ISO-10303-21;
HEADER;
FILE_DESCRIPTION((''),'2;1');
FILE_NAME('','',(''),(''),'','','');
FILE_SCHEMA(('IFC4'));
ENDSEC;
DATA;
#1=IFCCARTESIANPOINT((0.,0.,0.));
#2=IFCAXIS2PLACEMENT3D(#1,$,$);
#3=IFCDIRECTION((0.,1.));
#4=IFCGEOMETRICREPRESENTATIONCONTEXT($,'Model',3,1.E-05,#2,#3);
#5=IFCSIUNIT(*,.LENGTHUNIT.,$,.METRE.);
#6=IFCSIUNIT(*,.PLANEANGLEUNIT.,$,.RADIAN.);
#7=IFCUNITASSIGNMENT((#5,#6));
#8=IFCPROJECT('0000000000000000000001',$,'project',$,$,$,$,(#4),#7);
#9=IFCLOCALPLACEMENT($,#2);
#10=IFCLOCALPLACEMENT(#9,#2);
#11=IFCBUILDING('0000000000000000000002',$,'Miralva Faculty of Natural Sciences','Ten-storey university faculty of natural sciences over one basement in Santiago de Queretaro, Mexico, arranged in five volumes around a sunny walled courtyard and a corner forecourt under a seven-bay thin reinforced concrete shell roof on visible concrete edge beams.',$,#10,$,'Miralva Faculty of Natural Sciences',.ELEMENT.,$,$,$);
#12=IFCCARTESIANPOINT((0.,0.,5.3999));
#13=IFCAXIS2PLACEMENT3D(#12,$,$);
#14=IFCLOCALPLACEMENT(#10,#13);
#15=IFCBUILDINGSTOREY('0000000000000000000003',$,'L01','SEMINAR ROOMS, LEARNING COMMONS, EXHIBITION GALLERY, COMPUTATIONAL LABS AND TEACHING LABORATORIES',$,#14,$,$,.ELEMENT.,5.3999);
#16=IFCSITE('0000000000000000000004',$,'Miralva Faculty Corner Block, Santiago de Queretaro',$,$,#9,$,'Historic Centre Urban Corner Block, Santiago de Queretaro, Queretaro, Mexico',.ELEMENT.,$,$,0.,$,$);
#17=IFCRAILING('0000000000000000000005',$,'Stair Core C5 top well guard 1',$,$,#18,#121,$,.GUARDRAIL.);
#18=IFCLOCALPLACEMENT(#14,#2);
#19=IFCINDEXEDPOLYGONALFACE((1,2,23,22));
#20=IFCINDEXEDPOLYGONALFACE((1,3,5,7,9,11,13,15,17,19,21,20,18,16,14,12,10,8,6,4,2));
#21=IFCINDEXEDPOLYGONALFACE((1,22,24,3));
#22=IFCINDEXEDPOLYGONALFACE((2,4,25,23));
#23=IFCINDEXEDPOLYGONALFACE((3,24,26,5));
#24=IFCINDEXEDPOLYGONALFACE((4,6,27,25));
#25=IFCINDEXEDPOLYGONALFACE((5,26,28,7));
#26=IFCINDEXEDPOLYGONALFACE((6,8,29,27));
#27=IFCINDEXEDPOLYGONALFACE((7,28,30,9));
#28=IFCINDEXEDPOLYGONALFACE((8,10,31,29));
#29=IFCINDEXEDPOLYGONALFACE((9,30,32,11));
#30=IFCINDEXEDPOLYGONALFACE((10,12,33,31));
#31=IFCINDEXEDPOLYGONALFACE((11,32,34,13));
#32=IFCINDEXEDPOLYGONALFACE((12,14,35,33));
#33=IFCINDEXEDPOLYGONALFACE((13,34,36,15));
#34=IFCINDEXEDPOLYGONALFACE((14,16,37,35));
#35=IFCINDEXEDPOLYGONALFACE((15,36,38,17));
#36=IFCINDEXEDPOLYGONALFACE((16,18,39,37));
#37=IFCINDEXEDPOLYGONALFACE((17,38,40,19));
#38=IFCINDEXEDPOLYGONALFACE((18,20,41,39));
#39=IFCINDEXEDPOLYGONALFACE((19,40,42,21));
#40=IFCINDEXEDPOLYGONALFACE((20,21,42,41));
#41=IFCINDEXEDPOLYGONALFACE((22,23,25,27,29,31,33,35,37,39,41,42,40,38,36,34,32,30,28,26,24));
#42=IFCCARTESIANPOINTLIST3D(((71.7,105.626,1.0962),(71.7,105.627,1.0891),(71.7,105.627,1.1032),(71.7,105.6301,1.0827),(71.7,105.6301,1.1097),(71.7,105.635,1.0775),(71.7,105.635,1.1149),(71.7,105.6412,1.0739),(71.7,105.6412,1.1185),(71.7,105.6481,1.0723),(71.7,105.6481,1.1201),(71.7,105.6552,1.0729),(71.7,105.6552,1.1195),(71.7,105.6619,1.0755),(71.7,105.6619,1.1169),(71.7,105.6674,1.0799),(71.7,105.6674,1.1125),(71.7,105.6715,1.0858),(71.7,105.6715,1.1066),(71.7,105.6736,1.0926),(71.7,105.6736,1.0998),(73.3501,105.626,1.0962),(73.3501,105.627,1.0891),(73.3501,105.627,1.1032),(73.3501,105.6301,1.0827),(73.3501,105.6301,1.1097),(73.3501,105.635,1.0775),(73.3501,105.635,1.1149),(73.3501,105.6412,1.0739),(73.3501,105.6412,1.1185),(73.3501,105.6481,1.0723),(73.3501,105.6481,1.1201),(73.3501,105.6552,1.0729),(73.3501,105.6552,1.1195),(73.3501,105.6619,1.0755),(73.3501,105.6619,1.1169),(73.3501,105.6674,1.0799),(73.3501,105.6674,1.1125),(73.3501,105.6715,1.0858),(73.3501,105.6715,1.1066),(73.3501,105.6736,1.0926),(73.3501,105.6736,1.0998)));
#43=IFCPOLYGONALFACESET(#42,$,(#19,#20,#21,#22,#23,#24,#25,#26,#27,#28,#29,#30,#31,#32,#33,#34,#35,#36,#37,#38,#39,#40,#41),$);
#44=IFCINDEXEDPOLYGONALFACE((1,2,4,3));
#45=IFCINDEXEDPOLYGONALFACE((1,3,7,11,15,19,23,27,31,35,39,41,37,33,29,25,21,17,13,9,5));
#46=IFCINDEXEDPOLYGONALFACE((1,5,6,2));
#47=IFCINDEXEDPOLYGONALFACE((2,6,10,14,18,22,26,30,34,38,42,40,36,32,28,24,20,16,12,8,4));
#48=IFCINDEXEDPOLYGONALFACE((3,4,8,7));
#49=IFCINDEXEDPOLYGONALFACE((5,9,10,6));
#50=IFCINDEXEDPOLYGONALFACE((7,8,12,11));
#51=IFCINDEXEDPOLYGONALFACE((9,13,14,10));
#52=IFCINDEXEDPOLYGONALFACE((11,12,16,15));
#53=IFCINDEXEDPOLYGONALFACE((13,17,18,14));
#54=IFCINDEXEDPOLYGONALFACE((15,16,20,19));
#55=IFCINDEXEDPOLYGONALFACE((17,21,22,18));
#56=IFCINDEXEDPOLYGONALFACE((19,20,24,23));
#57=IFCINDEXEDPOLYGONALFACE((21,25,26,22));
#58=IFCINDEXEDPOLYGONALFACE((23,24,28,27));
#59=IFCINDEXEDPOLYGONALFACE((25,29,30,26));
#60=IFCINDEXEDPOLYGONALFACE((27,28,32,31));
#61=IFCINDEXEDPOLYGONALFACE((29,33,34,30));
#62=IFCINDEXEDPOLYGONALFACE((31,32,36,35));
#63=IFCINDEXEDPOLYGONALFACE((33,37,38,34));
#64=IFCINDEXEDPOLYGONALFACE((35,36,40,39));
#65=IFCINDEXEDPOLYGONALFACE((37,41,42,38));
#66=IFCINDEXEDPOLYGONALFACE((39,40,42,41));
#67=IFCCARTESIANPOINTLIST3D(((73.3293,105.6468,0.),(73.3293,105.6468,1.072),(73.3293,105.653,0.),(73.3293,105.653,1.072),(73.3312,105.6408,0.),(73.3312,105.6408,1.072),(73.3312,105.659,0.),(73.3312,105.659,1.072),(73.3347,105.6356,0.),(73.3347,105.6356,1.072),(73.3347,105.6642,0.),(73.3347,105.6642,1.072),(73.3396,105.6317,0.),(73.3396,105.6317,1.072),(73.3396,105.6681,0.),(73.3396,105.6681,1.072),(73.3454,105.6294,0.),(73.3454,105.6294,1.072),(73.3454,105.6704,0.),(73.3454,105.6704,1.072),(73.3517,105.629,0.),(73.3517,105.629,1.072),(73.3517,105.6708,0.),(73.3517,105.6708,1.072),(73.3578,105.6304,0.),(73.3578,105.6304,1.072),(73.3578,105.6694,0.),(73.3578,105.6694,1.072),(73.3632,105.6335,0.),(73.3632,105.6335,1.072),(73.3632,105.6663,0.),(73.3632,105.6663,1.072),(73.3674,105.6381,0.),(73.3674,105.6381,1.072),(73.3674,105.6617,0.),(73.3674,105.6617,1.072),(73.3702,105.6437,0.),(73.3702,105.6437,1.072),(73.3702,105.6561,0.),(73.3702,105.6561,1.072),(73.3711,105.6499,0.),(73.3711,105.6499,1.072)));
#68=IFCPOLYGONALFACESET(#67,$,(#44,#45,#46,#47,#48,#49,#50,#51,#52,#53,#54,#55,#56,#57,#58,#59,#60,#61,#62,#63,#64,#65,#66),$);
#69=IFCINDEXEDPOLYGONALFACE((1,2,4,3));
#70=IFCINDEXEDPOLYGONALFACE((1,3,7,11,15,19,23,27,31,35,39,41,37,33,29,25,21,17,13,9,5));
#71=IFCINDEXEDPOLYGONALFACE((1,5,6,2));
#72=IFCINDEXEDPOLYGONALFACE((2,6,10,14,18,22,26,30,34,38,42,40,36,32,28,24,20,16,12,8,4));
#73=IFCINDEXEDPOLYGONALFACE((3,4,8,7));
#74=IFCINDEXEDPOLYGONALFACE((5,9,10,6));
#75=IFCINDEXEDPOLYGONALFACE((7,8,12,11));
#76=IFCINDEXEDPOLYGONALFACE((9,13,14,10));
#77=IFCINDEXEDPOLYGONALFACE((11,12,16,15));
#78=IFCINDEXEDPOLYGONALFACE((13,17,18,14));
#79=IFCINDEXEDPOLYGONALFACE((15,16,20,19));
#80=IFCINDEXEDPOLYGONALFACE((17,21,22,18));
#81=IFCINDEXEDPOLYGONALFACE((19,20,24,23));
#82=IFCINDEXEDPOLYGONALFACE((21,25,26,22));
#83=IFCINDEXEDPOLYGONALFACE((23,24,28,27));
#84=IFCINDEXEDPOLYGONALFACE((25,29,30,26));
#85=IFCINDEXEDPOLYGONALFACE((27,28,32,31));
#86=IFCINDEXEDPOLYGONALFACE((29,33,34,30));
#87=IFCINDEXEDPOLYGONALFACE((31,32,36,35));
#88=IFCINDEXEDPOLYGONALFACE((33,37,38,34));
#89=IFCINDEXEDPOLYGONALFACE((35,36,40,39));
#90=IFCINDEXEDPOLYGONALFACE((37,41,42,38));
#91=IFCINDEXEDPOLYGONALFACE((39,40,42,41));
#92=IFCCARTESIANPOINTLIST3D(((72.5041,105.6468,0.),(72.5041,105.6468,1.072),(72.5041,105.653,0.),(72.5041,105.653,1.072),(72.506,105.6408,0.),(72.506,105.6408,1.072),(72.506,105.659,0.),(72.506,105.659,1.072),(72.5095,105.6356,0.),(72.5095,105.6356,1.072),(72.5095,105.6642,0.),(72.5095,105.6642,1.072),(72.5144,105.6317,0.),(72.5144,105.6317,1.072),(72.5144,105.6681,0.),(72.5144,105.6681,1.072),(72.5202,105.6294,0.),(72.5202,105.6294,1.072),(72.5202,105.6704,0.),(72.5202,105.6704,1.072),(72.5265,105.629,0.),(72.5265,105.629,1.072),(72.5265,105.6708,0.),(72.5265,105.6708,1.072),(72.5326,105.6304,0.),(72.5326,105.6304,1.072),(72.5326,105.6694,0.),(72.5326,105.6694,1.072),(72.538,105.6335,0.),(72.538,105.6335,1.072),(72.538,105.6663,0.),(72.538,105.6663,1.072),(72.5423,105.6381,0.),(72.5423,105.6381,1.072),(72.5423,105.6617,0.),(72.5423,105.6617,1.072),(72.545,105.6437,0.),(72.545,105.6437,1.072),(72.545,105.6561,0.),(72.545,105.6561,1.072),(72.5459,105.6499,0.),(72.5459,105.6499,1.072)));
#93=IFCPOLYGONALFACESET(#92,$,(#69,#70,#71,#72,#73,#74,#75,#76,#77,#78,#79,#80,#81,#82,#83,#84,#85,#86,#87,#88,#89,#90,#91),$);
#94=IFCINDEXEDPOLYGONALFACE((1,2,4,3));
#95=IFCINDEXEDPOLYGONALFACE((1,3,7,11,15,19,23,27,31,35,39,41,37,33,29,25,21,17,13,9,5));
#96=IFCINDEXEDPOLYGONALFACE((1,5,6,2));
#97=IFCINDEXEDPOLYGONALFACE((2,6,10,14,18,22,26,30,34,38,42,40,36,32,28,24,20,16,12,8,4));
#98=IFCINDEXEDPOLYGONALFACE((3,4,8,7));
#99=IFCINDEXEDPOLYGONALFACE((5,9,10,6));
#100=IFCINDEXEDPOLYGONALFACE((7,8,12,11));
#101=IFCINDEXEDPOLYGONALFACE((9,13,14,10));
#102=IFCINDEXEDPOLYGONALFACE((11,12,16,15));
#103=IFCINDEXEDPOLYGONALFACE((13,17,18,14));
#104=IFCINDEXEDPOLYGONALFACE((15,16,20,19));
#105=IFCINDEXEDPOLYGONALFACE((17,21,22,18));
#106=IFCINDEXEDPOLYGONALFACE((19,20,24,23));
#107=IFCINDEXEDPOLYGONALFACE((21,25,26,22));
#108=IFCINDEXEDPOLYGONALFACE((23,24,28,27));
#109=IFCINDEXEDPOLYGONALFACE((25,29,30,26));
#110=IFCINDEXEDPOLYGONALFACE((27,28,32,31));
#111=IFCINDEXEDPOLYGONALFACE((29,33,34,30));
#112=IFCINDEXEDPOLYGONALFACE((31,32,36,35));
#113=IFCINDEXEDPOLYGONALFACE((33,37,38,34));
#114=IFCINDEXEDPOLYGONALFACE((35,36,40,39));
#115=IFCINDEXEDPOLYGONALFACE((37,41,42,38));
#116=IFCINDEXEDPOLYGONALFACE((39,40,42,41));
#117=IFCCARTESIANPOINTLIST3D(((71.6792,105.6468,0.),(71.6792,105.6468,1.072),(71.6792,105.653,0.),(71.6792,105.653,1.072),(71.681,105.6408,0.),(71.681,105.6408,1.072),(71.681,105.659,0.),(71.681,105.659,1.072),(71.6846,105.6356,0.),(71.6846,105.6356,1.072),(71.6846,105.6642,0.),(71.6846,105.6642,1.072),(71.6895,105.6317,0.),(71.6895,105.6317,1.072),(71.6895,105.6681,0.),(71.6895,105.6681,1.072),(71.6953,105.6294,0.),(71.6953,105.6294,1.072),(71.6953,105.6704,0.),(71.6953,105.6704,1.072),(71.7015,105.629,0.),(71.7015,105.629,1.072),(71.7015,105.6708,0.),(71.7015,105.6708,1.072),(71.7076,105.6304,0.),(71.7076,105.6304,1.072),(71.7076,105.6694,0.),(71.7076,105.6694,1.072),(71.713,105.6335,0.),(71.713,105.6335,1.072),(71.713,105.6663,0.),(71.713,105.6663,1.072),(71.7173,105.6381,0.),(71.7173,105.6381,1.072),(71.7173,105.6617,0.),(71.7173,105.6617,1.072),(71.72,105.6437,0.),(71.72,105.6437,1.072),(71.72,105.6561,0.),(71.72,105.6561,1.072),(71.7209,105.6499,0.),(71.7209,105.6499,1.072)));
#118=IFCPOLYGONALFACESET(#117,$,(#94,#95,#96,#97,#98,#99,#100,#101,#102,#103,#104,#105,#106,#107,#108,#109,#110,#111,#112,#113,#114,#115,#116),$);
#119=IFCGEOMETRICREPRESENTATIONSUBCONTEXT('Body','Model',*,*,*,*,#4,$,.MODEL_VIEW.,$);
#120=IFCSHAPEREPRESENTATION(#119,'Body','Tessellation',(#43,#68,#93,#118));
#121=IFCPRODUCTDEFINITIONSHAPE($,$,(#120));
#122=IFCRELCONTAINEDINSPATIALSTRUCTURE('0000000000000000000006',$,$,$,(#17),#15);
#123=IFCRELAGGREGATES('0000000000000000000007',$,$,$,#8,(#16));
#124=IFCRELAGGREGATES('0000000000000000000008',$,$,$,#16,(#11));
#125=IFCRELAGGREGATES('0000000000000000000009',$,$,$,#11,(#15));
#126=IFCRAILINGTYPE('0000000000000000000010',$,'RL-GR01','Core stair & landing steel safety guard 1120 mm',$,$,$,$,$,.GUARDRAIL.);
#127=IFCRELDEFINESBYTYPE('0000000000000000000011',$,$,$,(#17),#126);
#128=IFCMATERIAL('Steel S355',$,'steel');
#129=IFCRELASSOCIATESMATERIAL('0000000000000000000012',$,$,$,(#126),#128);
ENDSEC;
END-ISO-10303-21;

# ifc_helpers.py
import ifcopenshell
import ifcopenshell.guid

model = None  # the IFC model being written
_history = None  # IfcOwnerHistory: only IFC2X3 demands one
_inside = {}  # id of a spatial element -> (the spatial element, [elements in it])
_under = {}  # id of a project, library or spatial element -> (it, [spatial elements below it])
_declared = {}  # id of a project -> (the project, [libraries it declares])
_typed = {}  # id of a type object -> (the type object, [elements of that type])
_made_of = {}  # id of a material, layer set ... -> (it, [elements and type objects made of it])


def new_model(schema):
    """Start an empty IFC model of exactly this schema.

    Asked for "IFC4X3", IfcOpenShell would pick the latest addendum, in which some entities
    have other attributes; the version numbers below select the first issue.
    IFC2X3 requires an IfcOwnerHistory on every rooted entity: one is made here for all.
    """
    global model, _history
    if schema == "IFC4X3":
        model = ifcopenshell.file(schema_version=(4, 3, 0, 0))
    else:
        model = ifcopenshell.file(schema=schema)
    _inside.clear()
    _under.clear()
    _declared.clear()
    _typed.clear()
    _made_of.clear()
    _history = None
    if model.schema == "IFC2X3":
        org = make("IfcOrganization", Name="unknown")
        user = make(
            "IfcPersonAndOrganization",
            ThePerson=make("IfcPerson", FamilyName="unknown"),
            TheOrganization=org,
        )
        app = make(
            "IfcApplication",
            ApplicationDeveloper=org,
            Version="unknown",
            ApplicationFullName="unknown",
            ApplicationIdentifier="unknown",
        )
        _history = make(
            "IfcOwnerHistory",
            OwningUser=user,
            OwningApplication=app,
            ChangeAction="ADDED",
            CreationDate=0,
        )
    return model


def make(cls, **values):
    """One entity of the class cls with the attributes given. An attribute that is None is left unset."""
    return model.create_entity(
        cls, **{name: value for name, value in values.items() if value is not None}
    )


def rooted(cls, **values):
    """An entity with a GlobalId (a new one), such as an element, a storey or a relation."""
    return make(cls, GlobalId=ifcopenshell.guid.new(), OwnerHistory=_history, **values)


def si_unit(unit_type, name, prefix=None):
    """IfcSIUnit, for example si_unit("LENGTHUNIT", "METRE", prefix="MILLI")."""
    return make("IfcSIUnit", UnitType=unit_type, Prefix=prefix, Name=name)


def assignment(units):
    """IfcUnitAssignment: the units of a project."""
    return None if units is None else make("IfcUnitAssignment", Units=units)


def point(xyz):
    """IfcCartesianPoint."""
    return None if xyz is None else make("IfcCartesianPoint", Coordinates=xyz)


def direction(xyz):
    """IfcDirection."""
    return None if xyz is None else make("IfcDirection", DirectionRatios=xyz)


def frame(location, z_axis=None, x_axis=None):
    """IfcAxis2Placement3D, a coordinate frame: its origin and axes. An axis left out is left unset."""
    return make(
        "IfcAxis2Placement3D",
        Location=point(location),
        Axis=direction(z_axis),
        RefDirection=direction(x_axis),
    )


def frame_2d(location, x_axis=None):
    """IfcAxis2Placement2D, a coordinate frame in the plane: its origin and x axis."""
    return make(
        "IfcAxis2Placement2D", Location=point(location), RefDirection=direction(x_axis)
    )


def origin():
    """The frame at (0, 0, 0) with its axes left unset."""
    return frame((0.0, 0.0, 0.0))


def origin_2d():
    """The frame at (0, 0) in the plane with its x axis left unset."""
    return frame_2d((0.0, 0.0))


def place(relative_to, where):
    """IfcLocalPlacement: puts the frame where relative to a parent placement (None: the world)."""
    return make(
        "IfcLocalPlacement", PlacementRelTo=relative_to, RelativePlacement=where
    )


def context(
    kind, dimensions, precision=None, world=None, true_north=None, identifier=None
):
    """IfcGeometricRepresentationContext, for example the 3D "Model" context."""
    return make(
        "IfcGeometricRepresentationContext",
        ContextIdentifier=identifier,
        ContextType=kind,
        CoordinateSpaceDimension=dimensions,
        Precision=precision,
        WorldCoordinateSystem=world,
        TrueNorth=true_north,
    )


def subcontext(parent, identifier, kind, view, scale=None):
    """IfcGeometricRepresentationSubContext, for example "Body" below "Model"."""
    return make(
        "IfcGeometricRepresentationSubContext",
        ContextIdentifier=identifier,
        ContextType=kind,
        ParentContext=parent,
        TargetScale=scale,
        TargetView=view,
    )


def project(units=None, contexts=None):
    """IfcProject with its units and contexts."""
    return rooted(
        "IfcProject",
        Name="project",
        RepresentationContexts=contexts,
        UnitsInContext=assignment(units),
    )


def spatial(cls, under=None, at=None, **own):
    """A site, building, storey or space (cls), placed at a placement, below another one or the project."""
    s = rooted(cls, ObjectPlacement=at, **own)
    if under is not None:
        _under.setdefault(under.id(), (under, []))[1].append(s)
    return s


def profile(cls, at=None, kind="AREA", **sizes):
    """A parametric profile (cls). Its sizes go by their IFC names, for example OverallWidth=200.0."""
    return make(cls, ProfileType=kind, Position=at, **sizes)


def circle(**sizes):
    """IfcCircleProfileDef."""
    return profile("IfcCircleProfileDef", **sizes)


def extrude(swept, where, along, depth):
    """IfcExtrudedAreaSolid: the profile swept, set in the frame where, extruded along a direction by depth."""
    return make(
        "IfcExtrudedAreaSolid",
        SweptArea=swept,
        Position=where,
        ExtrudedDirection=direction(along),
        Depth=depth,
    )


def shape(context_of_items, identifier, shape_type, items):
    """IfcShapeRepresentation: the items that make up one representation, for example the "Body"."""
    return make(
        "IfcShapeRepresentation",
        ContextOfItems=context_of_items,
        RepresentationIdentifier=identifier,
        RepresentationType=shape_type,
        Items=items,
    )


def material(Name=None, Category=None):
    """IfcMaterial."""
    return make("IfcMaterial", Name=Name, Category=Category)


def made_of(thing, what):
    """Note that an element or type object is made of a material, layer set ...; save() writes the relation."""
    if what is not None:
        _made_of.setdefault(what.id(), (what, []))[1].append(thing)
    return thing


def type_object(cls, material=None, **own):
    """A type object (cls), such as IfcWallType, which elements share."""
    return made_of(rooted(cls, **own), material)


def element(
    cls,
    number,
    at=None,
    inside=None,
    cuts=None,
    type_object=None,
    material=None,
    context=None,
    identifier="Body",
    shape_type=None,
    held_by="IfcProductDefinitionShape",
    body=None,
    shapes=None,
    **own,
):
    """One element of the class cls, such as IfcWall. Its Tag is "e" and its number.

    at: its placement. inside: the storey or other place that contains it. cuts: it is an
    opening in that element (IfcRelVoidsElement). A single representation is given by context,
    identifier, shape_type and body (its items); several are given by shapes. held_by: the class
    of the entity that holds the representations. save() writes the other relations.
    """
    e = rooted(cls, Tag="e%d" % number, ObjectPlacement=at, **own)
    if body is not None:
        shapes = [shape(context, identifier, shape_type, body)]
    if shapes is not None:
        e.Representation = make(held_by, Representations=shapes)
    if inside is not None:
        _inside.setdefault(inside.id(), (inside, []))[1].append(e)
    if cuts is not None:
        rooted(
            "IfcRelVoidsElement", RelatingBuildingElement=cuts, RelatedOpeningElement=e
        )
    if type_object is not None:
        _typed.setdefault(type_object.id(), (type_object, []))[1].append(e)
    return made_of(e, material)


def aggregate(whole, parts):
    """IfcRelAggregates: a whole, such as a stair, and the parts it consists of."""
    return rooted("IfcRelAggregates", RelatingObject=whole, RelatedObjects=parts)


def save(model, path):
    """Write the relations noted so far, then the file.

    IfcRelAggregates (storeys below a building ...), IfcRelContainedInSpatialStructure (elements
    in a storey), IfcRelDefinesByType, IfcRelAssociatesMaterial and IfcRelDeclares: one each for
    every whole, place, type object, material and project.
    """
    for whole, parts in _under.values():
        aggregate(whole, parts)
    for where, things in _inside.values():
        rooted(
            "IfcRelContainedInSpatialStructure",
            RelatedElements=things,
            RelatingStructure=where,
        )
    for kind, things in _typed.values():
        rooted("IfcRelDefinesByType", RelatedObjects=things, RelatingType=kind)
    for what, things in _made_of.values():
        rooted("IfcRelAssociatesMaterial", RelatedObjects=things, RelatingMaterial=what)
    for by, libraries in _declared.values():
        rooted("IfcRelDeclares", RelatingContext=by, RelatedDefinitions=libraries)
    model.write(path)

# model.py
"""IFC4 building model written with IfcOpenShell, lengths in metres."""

from ifc_helpers import new_model, si_unit, direction, frame, origin, origin_2d, place, context, subcontext, project, spatial, circle, extrude, material, type_object, element, save


model = new_model("IFC4")

# Units and contexts
model_context = context("Model", 3, precision=1e-05, world=origin(), true_north=direction((0.0, 1.0)))
body_context = subcontext(model_context, "Body", "Model", "MODEL_VIEW")
ifc_project = project(units=[si_unit("LENGTHUNIT", "METRE"), si_unit("PLANEANGLEUNIT", "RADIAN")], contexts=[model_context])

# Site, building, storey
site_placement = place(None, origin())
site = spatial("IfcSite", under=ifc_project, at=site_placement, Name="Miralva Faculty Corner Block, Santiago de Queretaro", LongName="Historic Centre Urban Corner Block, Santiago de Queretaro, Queretaro, Mexico", CompositionType="ELEMENT", RefElevation=0.0)
building_placement = place(site_placement, origin())
building = spatial("IfcBuilding", under=site, at=building_placement, Name="Miralva Faculty of Natural Sciences", Description="Ten-storey university faculty of natural sciences over one basement in Santiago de Queretaro, Mexico, arranged in five volumes around a sunny walled courtyard and a corner forecourt under a seven-bay thin reinforced concrete shell roof on visible concrete edge beams.", LongName="Miralva Faculty of Natural Sciences", CompositionType="ELEMENT")
storey_placement = place(building_placement, frame((0.0, 0.0, 5.3999)))
storey = spatial("IfcBuildingStorey", under=building, at=storey_placement, Name="L01", Description="SEMINAR ROOMS, LEARNING COMMONS, EXHIBITION GALLERY, COMPUTATIONAL LABS AND TEACHING LABORATORIES", CompositionType="ELEMENT", Elevation=5.3999)

# Railing
ifc_material_1 = material(Name="Steel S355", Category="steel")
railing_type = type_object("IfcRailingType", Name="RL-GR01", Description="Core stair & landing steel safety guard 1120 mm", PredefinedType="GUARDRAIL", material=ifc_material_1)
railing_placement = place(storey_placement, frame((73.3501, 105.6499, 0.0)))
element("IfcRailing", 1, at=railing_placement, inside=storey, type_object=railing_type, Name="Stair Core C5 top well guard 1", PredefinedType="GUARDRAIL", context=body_context, shape_type="SweptSolid", body=[
    extrude(circle(Radius=0.0239, at=origin_2d()), frame((0.0, 0.0, 1.0962), z_axis=(-1.0, 0.0, 0.0), x_axis=(0.0, -1.0, 0.0)), (0.0, 0.0, 1.0), 1.6501),
    extrude(circle(Radius=0.021, at=origin_2d()), origin(), (0.0, 0.0, 1.0), 1.072),
    extrude(circle(Radius=0.021, at=origin_2d()), frame((-0.8252, 0.0, 0.0)), (0.0, 0.0, 1.0), 1.072),
    extrude(circle(Radius=0.021, at=origin_2d()), frame((-1.6501, 0.0, 0.0)), (0.0, 0.0, 1.0), 1.072),
])

save(model, "model.ifc")
